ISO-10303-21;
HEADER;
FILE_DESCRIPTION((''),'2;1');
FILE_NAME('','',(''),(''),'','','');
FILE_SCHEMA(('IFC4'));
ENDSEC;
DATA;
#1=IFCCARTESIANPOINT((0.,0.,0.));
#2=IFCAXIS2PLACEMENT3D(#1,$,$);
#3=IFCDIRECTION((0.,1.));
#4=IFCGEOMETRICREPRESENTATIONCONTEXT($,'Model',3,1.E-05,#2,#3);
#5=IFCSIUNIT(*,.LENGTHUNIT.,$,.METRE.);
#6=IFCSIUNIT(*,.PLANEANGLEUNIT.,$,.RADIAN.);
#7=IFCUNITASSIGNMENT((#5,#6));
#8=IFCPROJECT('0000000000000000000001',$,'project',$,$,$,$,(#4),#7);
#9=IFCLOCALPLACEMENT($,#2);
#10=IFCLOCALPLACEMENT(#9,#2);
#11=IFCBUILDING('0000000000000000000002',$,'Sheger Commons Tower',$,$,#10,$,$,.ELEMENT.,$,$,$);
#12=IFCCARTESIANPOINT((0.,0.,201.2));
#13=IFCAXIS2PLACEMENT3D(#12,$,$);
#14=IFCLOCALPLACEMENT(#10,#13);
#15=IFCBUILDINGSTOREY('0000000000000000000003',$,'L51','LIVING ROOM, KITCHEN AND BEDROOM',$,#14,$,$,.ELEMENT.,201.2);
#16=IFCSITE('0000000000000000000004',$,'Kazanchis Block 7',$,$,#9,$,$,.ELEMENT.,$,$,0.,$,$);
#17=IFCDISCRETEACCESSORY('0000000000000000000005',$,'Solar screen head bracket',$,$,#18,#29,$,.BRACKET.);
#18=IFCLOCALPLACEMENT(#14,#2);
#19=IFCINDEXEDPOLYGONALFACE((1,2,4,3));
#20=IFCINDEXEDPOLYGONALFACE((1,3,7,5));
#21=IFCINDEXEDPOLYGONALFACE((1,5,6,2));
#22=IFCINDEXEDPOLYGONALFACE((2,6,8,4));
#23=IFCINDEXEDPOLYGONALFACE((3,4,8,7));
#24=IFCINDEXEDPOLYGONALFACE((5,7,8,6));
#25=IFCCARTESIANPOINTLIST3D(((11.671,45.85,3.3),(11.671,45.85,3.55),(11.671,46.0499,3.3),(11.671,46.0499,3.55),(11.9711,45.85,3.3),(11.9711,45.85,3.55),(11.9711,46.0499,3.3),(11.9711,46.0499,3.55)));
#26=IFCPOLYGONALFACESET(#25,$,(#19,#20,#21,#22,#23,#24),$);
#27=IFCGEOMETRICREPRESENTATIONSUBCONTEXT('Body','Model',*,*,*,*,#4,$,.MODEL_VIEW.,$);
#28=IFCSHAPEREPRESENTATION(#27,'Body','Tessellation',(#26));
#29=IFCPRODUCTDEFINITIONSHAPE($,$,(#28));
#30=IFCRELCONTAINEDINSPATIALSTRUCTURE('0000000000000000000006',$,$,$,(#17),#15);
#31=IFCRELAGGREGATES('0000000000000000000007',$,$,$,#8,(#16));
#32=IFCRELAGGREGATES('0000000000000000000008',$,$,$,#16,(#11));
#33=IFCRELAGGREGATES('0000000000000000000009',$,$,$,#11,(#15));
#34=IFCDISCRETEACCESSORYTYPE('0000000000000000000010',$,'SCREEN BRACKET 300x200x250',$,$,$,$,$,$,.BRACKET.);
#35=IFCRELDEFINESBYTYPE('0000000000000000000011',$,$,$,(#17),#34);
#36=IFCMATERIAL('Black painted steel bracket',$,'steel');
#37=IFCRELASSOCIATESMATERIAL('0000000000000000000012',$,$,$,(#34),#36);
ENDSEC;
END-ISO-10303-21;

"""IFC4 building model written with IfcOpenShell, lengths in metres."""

from ifc_helpers import new_model, si_unit, direction, frame, origin, origin_2d, place, context, subcontext, project, spatial, rectangle, extrude, material, type_object, element, save


model = new_model("IFC4")

# Units and contexts
model_context = context("Model", 3, precision=1e-05, world=origin(), true_north=direction((0.0, 1.0)))
body_context = subcontext(model_context, "Body", "Model", "MODEL_VIEW")
ifc_project = project(units=[si_unit("LENGTHUNIT", "METRE"), si_unit("PLANEANGLEUNIT", "RADIAN")], contexts=[model_context])

# Site, building, storey
site_placement = place(None, origin())
site = spatial("IfcSite", under=ifc_project, at=site_placement, Name="Kazanchis Block 7", CompositionType="ELEMENT", RefElevation=0.0)
building_placement = place(site_placement, origin())
building = spatial("IfcBuilding", under=site, at=building_placement, Name="Sheger Commons Tower", CompositionType="ELEMENT")
storey_placement = place(building_placement, frame((0.0, 0.0, 201.2)))
storey = spatial("IfcBuildingStorey", under=building, at=storey_placement, Name="L51", Description="LIVING ROOM, KITCHEN AND BEDROOM", CompositionType="ELEMENT", Elevation=201.2)

# Discrete accessory
ifc_material_1 = material(Name="Black painted steel bracket", Category="steel")
discrete_accessory_type = type_object("IfcDiscreteAccessoryType", Name="SCREEN BRACKET 300x200x250", PredefinedType="BRACKET", material=ifc_material_1)
for number, where, z_axis, x_axis, name in (
    (1, (11.821, 45.95, 3.3), (0.0, 0.0, 1.0), (-1.0, 0.0, 0.0), "Solar screen head bracket"),
):
    element("IfcDiscreteAccessory", number, at=place(storey_placement, frame(where, z_axis=z_axis, x_axis=x_axis)), inside=storey, type_object=discrete_accessory_type, Name=name, PredefinedType="BRACKET", context=body_context, shape_type="SweptSolid", body=[
        extrude(rectangle(XDim=0.3, YDim=0.2, at=origin_2d()), origin(), (0.0, 0.0, 1.0), 0.25),
    ])

save(model, "model.ifc")
